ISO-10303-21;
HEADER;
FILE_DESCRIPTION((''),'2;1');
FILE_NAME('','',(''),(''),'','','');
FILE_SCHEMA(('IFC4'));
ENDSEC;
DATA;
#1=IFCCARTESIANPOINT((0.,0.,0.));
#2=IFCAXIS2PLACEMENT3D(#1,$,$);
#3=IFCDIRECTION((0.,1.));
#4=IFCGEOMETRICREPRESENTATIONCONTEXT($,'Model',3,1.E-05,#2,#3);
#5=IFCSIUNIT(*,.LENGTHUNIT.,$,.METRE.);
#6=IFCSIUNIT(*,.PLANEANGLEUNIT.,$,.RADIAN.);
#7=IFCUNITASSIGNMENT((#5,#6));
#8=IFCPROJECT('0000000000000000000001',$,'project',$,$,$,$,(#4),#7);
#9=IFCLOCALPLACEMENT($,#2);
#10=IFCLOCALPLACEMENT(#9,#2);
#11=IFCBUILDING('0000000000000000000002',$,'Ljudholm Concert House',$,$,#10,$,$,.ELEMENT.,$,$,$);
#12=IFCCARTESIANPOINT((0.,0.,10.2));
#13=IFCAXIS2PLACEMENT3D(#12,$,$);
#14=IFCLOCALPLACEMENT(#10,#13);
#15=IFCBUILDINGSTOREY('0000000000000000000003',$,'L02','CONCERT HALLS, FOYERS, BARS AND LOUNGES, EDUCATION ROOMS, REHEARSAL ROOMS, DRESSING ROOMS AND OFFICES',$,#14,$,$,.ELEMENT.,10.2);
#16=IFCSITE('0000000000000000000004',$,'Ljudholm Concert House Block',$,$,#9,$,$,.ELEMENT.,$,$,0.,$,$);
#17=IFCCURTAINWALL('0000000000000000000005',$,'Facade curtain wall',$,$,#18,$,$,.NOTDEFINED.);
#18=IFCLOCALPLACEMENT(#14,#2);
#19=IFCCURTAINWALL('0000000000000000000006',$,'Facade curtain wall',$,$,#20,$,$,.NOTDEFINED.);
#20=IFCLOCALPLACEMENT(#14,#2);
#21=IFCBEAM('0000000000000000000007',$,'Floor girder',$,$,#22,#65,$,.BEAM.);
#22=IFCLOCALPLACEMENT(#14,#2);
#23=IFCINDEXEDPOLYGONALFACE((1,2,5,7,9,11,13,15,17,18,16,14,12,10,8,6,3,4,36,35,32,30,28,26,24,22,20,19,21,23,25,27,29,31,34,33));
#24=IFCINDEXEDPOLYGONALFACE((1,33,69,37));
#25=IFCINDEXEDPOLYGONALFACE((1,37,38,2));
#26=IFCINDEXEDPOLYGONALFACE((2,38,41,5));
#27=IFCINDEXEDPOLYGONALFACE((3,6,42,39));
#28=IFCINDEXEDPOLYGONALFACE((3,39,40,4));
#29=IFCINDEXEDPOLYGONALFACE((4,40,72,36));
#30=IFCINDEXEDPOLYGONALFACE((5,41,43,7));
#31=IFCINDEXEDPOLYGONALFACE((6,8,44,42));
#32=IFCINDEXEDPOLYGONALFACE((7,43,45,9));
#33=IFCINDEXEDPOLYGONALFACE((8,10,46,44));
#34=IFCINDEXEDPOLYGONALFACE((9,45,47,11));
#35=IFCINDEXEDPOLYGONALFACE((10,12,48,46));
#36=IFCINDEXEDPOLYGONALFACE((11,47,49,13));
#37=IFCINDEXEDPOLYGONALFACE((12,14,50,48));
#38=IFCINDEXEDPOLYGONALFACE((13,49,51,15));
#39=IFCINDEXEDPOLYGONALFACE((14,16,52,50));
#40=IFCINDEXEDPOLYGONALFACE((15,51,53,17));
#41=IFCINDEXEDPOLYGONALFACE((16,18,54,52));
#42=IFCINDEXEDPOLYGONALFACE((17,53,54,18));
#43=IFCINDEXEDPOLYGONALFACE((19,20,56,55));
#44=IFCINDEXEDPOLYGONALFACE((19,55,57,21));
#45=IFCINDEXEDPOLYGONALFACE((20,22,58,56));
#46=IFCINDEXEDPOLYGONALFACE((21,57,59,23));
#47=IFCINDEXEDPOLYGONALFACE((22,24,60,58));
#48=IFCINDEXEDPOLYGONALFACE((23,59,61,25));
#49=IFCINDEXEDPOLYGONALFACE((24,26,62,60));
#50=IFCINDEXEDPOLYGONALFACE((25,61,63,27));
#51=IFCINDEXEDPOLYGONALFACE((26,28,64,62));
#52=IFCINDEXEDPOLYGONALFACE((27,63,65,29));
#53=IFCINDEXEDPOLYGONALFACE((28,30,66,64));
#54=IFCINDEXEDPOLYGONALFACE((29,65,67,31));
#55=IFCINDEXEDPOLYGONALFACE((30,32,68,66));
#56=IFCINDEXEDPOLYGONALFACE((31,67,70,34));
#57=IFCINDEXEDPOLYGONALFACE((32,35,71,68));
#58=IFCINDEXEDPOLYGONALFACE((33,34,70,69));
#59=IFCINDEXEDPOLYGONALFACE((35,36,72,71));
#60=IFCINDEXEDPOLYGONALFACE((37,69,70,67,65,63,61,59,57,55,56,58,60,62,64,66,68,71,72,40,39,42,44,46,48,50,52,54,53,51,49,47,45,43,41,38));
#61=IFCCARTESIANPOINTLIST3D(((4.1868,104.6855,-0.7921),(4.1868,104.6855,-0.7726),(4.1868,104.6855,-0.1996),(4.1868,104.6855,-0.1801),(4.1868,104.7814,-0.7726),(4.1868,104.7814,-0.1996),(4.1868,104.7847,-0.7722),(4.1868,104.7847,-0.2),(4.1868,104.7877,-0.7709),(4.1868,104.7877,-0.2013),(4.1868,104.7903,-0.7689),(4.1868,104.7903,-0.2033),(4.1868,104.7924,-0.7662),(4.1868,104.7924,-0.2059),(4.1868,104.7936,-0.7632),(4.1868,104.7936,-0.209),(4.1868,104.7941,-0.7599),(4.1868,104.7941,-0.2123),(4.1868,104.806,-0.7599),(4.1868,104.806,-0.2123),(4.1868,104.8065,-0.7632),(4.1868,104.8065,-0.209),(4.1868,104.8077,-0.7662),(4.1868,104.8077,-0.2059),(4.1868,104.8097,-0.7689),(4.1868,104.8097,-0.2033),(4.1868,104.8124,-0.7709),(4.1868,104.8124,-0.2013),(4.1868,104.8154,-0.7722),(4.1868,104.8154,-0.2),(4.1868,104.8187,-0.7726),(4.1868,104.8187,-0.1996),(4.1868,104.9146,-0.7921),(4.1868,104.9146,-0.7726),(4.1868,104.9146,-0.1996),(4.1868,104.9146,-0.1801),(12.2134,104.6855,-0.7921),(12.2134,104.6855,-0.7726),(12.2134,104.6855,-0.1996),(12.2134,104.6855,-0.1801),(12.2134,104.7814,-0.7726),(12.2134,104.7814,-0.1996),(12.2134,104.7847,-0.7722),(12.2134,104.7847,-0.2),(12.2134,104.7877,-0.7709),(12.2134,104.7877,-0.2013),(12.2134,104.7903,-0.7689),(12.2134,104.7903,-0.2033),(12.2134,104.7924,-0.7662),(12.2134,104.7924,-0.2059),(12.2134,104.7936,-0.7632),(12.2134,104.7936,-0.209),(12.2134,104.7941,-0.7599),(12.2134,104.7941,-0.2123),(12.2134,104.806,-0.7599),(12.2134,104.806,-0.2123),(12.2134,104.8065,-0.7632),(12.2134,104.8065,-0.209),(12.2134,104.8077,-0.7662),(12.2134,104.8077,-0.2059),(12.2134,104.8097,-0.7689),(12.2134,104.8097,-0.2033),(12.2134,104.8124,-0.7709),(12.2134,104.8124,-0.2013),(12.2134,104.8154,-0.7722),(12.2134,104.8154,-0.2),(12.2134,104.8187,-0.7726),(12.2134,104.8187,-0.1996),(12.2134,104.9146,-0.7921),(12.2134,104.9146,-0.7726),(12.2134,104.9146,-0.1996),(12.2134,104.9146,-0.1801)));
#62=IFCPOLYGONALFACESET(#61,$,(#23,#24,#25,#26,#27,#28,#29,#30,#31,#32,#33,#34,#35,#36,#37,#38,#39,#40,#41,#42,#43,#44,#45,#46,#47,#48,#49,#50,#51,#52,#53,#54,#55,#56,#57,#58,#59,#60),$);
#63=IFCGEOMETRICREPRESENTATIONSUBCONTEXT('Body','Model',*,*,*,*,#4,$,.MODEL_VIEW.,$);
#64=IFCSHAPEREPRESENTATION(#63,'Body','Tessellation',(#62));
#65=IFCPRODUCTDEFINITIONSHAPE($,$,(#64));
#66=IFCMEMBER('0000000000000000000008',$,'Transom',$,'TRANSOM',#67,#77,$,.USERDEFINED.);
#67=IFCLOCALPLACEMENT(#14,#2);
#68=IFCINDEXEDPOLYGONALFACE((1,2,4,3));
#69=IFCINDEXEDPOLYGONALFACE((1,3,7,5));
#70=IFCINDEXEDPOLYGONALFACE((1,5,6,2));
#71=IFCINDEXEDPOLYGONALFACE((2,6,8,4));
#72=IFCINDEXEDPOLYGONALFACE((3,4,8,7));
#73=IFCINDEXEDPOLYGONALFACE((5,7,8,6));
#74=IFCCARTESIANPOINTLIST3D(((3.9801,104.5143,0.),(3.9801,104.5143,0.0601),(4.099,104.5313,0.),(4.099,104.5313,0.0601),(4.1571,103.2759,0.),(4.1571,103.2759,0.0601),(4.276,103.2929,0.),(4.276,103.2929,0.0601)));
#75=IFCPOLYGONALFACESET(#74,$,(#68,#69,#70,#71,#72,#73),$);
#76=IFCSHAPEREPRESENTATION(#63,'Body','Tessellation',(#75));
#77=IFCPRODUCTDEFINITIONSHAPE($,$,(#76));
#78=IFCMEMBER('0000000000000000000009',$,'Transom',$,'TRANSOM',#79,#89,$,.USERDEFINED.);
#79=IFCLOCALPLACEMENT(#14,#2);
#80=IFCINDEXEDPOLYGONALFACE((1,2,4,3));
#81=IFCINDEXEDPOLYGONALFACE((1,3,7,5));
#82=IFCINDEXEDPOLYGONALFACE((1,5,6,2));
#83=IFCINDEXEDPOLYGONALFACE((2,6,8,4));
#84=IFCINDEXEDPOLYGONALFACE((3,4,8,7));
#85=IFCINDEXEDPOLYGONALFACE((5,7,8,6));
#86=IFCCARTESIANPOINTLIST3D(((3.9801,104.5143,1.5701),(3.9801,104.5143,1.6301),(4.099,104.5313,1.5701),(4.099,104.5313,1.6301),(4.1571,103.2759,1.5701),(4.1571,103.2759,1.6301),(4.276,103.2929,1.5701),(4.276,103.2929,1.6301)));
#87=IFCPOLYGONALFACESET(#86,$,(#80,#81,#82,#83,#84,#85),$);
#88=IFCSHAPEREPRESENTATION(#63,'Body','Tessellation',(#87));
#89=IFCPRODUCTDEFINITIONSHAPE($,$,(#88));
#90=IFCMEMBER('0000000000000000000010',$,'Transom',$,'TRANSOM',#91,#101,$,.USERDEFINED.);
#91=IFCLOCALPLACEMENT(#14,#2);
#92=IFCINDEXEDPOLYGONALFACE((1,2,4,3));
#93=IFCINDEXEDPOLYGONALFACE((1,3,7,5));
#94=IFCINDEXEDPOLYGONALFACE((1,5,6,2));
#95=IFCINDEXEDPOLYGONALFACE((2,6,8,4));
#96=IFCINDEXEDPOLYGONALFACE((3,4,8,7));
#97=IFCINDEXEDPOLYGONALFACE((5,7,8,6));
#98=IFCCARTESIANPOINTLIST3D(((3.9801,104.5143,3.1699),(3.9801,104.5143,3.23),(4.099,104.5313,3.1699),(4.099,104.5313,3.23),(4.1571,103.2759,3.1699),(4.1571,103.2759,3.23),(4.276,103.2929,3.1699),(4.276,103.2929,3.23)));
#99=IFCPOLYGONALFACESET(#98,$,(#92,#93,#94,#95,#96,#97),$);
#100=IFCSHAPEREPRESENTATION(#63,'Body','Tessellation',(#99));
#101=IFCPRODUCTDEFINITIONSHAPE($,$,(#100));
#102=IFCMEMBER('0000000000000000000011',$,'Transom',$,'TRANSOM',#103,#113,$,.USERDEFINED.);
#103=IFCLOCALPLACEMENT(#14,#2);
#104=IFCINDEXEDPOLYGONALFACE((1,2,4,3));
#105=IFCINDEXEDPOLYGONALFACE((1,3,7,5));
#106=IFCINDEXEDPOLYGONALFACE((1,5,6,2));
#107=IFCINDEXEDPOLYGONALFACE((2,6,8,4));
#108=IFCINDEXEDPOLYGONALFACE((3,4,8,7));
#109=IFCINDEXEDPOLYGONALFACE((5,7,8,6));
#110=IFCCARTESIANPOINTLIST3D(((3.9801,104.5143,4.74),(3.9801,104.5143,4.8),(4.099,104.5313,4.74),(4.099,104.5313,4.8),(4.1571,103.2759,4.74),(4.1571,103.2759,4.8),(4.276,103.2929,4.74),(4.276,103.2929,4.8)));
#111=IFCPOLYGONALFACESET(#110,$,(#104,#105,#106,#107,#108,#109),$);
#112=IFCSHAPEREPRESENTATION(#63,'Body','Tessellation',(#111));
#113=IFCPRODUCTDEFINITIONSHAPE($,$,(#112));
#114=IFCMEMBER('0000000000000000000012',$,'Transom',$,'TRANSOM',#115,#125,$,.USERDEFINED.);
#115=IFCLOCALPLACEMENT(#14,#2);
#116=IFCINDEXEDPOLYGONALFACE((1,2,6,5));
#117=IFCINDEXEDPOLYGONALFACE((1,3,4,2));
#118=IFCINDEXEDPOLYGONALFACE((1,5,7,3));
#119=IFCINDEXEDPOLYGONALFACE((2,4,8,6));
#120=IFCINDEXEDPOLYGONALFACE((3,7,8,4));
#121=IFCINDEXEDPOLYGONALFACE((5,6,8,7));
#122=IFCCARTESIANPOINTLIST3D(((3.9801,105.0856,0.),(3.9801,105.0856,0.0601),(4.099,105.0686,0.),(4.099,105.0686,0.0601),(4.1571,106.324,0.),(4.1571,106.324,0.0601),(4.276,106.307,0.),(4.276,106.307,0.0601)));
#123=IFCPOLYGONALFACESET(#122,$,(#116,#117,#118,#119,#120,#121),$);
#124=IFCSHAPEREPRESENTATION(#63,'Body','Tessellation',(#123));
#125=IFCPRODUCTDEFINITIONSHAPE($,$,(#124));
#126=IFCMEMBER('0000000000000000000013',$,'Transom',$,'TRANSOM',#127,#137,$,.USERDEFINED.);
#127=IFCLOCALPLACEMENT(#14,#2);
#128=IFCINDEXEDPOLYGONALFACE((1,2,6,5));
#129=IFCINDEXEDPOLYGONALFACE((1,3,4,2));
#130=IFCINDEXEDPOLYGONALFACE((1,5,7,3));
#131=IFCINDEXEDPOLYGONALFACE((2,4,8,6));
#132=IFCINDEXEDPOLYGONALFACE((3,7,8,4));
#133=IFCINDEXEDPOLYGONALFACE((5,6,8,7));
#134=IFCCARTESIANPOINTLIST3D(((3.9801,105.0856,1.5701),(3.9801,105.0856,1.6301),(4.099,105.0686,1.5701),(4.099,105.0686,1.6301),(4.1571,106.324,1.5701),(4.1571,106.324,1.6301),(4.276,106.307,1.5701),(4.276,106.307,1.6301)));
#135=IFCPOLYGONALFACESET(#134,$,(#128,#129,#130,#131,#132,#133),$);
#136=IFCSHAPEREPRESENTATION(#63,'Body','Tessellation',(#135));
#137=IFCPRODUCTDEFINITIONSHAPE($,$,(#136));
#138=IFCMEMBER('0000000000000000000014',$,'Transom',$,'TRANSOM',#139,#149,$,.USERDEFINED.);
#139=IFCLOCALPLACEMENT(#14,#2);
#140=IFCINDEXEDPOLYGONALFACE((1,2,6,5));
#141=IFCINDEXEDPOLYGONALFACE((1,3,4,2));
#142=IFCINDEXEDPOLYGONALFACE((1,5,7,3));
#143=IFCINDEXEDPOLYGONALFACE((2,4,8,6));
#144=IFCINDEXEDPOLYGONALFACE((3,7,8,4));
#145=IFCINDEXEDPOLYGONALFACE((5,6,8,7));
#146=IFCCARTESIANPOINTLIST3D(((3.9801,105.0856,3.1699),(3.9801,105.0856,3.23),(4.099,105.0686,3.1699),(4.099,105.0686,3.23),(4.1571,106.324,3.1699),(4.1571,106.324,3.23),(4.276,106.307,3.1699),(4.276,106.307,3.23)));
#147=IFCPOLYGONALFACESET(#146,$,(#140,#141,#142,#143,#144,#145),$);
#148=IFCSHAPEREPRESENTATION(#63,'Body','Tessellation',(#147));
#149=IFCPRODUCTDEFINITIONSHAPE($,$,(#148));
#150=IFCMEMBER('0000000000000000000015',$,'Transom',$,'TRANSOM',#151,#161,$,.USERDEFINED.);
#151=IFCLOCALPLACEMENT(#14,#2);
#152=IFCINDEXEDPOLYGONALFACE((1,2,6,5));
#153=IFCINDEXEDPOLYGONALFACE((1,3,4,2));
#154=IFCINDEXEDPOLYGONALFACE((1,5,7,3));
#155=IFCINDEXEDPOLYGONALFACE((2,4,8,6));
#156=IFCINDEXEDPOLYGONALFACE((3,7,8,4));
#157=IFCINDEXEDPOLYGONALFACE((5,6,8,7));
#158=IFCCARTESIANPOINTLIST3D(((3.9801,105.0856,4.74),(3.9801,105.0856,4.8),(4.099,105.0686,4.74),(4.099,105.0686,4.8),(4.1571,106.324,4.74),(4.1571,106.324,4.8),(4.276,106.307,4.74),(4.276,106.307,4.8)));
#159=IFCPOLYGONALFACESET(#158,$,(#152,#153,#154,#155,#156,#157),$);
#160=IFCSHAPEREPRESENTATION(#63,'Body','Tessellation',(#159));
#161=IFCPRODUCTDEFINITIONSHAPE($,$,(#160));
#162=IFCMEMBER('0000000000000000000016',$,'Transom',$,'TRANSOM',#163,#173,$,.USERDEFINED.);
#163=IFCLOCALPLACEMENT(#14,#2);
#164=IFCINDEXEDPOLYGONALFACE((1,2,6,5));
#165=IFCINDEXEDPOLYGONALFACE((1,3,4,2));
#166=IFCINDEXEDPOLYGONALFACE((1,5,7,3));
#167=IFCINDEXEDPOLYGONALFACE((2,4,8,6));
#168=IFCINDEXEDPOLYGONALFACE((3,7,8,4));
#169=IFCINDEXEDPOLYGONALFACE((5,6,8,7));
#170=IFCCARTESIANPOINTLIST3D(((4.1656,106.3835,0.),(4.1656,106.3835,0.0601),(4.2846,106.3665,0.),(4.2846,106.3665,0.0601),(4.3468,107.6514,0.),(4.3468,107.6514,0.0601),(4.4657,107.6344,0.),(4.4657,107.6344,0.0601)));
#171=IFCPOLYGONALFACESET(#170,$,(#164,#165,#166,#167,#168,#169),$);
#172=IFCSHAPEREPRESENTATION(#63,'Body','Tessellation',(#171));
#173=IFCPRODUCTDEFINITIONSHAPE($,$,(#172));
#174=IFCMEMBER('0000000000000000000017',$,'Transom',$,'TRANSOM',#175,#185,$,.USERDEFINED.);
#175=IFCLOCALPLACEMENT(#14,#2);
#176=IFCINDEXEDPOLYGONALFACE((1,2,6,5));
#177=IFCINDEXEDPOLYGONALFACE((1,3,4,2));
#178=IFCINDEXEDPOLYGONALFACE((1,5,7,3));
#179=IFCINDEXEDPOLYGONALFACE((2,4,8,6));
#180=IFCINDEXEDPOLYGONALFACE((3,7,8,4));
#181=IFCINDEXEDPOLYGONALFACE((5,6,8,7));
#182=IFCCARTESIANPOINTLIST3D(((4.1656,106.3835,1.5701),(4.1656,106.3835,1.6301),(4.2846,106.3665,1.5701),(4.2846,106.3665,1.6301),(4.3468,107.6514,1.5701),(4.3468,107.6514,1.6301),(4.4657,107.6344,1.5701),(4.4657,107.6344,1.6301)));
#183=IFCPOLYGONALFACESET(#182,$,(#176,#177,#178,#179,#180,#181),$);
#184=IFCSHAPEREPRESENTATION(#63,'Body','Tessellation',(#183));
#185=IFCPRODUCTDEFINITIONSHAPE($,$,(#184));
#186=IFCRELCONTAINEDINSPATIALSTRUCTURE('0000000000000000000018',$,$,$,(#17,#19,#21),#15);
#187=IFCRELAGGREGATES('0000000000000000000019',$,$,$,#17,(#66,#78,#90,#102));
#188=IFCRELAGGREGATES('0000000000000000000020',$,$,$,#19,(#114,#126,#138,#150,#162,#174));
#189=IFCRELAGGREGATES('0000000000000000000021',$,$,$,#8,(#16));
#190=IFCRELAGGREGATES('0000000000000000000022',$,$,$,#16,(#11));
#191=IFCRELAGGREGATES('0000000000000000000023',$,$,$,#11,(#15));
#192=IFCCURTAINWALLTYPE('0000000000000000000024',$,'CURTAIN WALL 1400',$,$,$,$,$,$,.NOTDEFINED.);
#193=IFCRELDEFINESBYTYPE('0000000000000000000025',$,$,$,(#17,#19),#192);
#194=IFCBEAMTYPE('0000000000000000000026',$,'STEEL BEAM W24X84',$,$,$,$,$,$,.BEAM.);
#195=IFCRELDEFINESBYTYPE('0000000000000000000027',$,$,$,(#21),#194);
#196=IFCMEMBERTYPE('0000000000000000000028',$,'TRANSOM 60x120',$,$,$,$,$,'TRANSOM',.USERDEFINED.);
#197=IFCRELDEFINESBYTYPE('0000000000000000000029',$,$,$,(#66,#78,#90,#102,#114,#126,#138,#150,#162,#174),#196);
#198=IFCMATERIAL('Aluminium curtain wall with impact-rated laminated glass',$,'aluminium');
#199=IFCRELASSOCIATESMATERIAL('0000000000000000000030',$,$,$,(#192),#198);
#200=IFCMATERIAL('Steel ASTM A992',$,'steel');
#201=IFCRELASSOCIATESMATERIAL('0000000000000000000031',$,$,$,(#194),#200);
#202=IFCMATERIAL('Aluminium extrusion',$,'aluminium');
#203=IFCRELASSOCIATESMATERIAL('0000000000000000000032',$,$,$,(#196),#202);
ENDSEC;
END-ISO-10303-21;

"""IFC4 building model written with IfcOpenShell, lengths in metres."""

from ifc_helpers import new_model, si_unit, direction, frame, origin, origin_2d, place, context, subcontext, project, spatial, rectangle, i_section, extrude, material, material_profile, profile_set, type_object, element, aggregate, save


model = new_model("IFC4")

# Units and contexts
model_context = context("Model", 3, precision=1e-05, world=origin(), true_north=direction((0.0, 1.0)))
body_context = subcontext(model_context, "Body", "Model", "MODEL_VIEW")
ifc_project = project(units=[si_unit("LENGTHUNIT", "METRE"), si_unit("PLANEANGLEUNIT", "RADIAN")], contexts=[model_context])

# Site, building, storey
site_placement = place(None, origin())
site = spatial("IfcSite", under=ifc_project, at=site_placement, Name="Ljudholm Concert House Block", CompositionType="ELEMENT", RefElevation=0.0)
building_placement = place(site_placement, origin())
building = spatial("IfcBuilding", under=site, at=building_placement, Name="Ljudholm Concert House", CompositionType="ELEMENT")
storey_placement = place(building_placement, frame((0.0, 0.0, 10.2)))
storey = spatial("IfcBuildingStorey", under=building, at=storey_placement, Name="L02", Description="CONCERT HALLS, FOYERS, BARS AND LOUNGES, EDUCATION ROOMS, REHEARSAL ROOMS, DRESSING ROOMS AND OFFICES", CompositionType="ELEMENT", Elevation=10.2)

# Curtain walls
ifc_material_1 = material(Name="Aluminium curtain wall with impact-rated laminated glass", Category="aluminium")
curtain_wall_type = type_object("IfcCurtainWallType", Name="CURTAIN WALL 1400", PredefinedType="NOTDEFINED", material=ifc_material_1)
curtain_wall_1_placement = place(storey_placement, origin())
curtain_wall_1 = element("IfcCurtainWall", 1, at=curtain_wall_1_placement, inside=storey, type_object=curtain_wall_type, Name="Facade curtain wall", PredefinedType="NOTDEFINED")
curtain_wall_2_placement = place(storey_placement, origin())
curtain_wall_2 = element("IfcCurtainWall", 2, at=curtain_wall_2_placement, inside=storey, type_object=curtain_wall_type, Name="Facade curtain wall", PredefinedType="NOTDEFINED")

# Beam
ifc_material_2 = material(Name="Steel ASTM A992", Category="steel")
ifc_material_profile_1 = material_profile(ifc_material_2, i_section(OverallWidth=0.229, OverallDepth=0.6121, WebThickness=0.012, FlangeThickness=0.0195, FilletRadius=0.0127, at=origin_2d()), Name="W24X84")
ifc_profile_set_1 = profile_set([ifc_material_profile_1], Name="Steel ASTM A992")
beam_type_1 = type_object("IfcBeamType", Name="STEEL BEAM W24X84", PredefinedType="BEAM", material=ifc_profile_set_1)
beam_1_placement = place(storey_placement, frame((4.1868, 104.8, -0.4861), z_axis=(1.0, 0.0, 0.0), x_axis=(0.0, 1.0, 0.0)))
element("IfcBeam", 3, at=beam_1_placement, inside=storey, type_object=beam_type_1, Name="Floor girder", PredefinedType="BEAM", context=body_context, shape_type="SweptSolid", body=[
    extrude(i_section(OverallWidth=0.229, OverallDepth=0.6121, WebThickness=0.012, FlangeThickness=0.0195, FilletRadius=0.0127, at=origin_2d()), origin(), (0.0, 0.0, 1.0), 8.0266),
])

# Members
ifc_material_3 = material(Name="Aluminium extrusion", Category="aluminium")
ifc_material_profile_2 = material_profile(ifc_material_3, rectangle(XDim=0.1201, YDim=0.0601, at=origin_2d()), Name="TRANSOM 60x120")
ifc_profile_set_2 = profile_set([ifc_material_profile_2], Name="Aluminium extrusion")
member_type_1 = type_object("IfcMemberType", Name="TRANSOM 60x120", ElementType="TRANSOM", PredefinedType="USERDEFINED", material=ifc_profile_set_2)
member_1_placement = place(storey_placement, frame((4.2166, 103.2844, 0.03), z_axis=(-0.141503, 0.989938, 0.0), x_axis=(-0.989938, -0.141503, 0.0)))
member_1 = element("IfcMember", 4, at=member_1_placement, type_object=member_type_1, Name="Transom", ObjectType="TRANSOM", PredefinedType="USERDEFINED", context=body_context, shape_type="SweptSolid", body=[
    extrude(rectangle(XDim=0.1201, YDim=0.0601, at=origin_2d()), origin(), (0.0, 0.0, 1.0), 1.251),
])
member_2_placement = place(storey_placement, frame((4.2166, 103.2844, 1.6001), z_axis=(-0.141503, 0.989938, 0.0), x_axis=(-0.989938, -0.141503, 0.0)))
member_2 = element("IfcMember", 5, at=member_2_placement, type_object=member_type_1, Name="Transom", ObjectType="TRANSOM", PredefinedType="USERDEFINED", context=body_context, shape_type="SweptSolid", body=[
    extrude(rectangle(XDim=0.1201, YDim=0.0601, at=origin_2d()), origin(), (0.0, 0.0, 1.0), 1.251),
])
member_3_placement = place(storey_placement, frame((4.2166, 103.2844, 3.2), z_axis=(-0.141503, 0.989938, 0.0), x_axis=(-0.989938, -0.141503, 0.0)))
member_3 = element("IfcMember", 6, at=member_3_placement, type_object=member_type_1, Name="Transom", ObjectType="TRANSOM", PredefinedType="USERDEFINED", context=body_context, shape_type="SweptSolid", body=[
    extrude(rectangle(XDim=0.1201, YDim=0.0601, at=origin_2d()), origin(), (0.0, 0.0, 1.0), 1.251),
])
member_4_placement = place(storey_placement, frame((4.2166, 103.2844, 4.77), z_axis=(-0.141503, 0.989938, 0.0), x_axis=(-0.989938, -0.141503, 0.0)))
member_4 = element("IfcMember", 7, at=member_4_placement, type_object=member_type_1, Name="Transom", ObjectType="TRANSOM", PredefinedType="USERDEFINED", context=body_context, shape_type="SweptSolid", body=[
    extrude(rectangle(XDim=0.1201, YDim=0.0601, at=origin_2d()), origin(), (0.0, 0.0, 1.0), 1.251),
])
member_5_placement = place(storey_placement, frame((4.0396, 105.0771, 0.03), z_axis=(0.141503, 0.989938, 0.0), x_axis=(-0.989938, 0.141503, 0.0)))
member_5 = element("IfcMember", 8, at=member_5_placement, type_object=member_type_1, Name="Transom", ObjectType="TRANSOM", PredefinedType="USERDEFINED", context=body_context, shape_type="SweptSolid", body=[
    extrude(rectangle(XDim=0.1201, YDim=0.0601, at=origin_2d()), origin(), (0.0, 0.0, 1.0), 1.251),
])
member_6_placement = place(storey_placement, frame((4.0396, 105.0771, 1.6001), z_axis=(0.141503, 0.989938, 0.0), x_axis=(-0.989938, 0.141503, 0.0)))
member_6 = element("IfcMember", 9, at=member_6_placement, type_object=member_type_1, Name="Transom", ObjectType="TRANSOM", PredefinedType="USERDEFINED", context=body_context, shape_type="SweptSolid", body=[
    extrude(rectangle(XDim=0.1201, YDim=0.0601, at=origin_2d()), origin(), (0.0, 0.0, 1.0), 1.251),
])
member_7_placement = place(storey_placement, frame((4.0396, 105.0771, 3.2), z_axis=(0.141503, 0.989938, 0.0), x_axis=(-0.989938, 0.141503, 0.0)))
member_7 = element("IfcMember", 10, at=member_7_placement, type_object=member_type_1, Name="Transom", ObjectType="TRANSOM", PredefinedType="USERDEFINED", context=body_context, shape_type="SweptSolid", body=[
    extrude(rectangle(XDim=0.1201, YDim=0.0601, at=origin_2d()), origin(), (0.0, 0.0, 1.0), 1.251),
])
member_8_placement = place(storey_placement, frame((4.0396, 105.0771, 4.77), z_axis=(0.141503, 0.989938, 0.0), x_axis=(-0.989938, 0.141503, 0.0)))
member_8 = element("IfcMember", 11, at=member_8_placement, type_object=member_type_1, Name="Transom", ObjectType="TRANSOM", PredefinedType="USERDEFINED", context=body_context, shape_type="SweptSolid", body=[
    extrude(rectangle(XDim=0.1201, YDim=0.0601, at=origin_2d()), origin(), (0.0, 0.0, 1.0), 1.251),
])
member_9_placement = place(storey_placement, frame((4.2251, 106.375, 0.03), z_axis=(0.141448, 0.989946, 0.0), x_axis=(-0.989946, 0.141448, 0.0)))
member_9 = element("IfcMember", 12, at=member_9_placement, type_object=member_type_1, Name="Transom", ObjectType="TRANSOM", PredefinedType="USERDEFINED", context=body_context, shape_type="SweptSolid", body=[
    extrude(rectangle(XDim=0.1201, YDim=0.0601, at=origin_2d()), origin(), (0.0, 0.0, 1.0), 1.2808),
])
member_10_placement = place(storey_placement, frame((4.2251, 106.375, 1.6001), z_axis=(0.141448, 0.989946, 0.0), x_axis=(-0.989946, 0.141448, 0.0)))
member_10 = element("IfcMember", 13, at=member_10_placement, type_object=member_type_1, Name="Transom", ObjectType="TRANSOM", PredefinedType="USERDEFINED", context=body_context, shape_type="SweptSolid", body=[
    extrude(rectangle(XDim=0.1201, YDim=0.0601, at=origin_2d()), origin(), (0.0, 0.0, 1.0), 1.2808),
])

aggregate(curtain_wall_1, [member_1, member_2, member_3, member_4])
aggregate(curtain_wall_2, [member_5, member_6, member_7, member_8, member_9, member_10])

save(model, "model.ifc")
